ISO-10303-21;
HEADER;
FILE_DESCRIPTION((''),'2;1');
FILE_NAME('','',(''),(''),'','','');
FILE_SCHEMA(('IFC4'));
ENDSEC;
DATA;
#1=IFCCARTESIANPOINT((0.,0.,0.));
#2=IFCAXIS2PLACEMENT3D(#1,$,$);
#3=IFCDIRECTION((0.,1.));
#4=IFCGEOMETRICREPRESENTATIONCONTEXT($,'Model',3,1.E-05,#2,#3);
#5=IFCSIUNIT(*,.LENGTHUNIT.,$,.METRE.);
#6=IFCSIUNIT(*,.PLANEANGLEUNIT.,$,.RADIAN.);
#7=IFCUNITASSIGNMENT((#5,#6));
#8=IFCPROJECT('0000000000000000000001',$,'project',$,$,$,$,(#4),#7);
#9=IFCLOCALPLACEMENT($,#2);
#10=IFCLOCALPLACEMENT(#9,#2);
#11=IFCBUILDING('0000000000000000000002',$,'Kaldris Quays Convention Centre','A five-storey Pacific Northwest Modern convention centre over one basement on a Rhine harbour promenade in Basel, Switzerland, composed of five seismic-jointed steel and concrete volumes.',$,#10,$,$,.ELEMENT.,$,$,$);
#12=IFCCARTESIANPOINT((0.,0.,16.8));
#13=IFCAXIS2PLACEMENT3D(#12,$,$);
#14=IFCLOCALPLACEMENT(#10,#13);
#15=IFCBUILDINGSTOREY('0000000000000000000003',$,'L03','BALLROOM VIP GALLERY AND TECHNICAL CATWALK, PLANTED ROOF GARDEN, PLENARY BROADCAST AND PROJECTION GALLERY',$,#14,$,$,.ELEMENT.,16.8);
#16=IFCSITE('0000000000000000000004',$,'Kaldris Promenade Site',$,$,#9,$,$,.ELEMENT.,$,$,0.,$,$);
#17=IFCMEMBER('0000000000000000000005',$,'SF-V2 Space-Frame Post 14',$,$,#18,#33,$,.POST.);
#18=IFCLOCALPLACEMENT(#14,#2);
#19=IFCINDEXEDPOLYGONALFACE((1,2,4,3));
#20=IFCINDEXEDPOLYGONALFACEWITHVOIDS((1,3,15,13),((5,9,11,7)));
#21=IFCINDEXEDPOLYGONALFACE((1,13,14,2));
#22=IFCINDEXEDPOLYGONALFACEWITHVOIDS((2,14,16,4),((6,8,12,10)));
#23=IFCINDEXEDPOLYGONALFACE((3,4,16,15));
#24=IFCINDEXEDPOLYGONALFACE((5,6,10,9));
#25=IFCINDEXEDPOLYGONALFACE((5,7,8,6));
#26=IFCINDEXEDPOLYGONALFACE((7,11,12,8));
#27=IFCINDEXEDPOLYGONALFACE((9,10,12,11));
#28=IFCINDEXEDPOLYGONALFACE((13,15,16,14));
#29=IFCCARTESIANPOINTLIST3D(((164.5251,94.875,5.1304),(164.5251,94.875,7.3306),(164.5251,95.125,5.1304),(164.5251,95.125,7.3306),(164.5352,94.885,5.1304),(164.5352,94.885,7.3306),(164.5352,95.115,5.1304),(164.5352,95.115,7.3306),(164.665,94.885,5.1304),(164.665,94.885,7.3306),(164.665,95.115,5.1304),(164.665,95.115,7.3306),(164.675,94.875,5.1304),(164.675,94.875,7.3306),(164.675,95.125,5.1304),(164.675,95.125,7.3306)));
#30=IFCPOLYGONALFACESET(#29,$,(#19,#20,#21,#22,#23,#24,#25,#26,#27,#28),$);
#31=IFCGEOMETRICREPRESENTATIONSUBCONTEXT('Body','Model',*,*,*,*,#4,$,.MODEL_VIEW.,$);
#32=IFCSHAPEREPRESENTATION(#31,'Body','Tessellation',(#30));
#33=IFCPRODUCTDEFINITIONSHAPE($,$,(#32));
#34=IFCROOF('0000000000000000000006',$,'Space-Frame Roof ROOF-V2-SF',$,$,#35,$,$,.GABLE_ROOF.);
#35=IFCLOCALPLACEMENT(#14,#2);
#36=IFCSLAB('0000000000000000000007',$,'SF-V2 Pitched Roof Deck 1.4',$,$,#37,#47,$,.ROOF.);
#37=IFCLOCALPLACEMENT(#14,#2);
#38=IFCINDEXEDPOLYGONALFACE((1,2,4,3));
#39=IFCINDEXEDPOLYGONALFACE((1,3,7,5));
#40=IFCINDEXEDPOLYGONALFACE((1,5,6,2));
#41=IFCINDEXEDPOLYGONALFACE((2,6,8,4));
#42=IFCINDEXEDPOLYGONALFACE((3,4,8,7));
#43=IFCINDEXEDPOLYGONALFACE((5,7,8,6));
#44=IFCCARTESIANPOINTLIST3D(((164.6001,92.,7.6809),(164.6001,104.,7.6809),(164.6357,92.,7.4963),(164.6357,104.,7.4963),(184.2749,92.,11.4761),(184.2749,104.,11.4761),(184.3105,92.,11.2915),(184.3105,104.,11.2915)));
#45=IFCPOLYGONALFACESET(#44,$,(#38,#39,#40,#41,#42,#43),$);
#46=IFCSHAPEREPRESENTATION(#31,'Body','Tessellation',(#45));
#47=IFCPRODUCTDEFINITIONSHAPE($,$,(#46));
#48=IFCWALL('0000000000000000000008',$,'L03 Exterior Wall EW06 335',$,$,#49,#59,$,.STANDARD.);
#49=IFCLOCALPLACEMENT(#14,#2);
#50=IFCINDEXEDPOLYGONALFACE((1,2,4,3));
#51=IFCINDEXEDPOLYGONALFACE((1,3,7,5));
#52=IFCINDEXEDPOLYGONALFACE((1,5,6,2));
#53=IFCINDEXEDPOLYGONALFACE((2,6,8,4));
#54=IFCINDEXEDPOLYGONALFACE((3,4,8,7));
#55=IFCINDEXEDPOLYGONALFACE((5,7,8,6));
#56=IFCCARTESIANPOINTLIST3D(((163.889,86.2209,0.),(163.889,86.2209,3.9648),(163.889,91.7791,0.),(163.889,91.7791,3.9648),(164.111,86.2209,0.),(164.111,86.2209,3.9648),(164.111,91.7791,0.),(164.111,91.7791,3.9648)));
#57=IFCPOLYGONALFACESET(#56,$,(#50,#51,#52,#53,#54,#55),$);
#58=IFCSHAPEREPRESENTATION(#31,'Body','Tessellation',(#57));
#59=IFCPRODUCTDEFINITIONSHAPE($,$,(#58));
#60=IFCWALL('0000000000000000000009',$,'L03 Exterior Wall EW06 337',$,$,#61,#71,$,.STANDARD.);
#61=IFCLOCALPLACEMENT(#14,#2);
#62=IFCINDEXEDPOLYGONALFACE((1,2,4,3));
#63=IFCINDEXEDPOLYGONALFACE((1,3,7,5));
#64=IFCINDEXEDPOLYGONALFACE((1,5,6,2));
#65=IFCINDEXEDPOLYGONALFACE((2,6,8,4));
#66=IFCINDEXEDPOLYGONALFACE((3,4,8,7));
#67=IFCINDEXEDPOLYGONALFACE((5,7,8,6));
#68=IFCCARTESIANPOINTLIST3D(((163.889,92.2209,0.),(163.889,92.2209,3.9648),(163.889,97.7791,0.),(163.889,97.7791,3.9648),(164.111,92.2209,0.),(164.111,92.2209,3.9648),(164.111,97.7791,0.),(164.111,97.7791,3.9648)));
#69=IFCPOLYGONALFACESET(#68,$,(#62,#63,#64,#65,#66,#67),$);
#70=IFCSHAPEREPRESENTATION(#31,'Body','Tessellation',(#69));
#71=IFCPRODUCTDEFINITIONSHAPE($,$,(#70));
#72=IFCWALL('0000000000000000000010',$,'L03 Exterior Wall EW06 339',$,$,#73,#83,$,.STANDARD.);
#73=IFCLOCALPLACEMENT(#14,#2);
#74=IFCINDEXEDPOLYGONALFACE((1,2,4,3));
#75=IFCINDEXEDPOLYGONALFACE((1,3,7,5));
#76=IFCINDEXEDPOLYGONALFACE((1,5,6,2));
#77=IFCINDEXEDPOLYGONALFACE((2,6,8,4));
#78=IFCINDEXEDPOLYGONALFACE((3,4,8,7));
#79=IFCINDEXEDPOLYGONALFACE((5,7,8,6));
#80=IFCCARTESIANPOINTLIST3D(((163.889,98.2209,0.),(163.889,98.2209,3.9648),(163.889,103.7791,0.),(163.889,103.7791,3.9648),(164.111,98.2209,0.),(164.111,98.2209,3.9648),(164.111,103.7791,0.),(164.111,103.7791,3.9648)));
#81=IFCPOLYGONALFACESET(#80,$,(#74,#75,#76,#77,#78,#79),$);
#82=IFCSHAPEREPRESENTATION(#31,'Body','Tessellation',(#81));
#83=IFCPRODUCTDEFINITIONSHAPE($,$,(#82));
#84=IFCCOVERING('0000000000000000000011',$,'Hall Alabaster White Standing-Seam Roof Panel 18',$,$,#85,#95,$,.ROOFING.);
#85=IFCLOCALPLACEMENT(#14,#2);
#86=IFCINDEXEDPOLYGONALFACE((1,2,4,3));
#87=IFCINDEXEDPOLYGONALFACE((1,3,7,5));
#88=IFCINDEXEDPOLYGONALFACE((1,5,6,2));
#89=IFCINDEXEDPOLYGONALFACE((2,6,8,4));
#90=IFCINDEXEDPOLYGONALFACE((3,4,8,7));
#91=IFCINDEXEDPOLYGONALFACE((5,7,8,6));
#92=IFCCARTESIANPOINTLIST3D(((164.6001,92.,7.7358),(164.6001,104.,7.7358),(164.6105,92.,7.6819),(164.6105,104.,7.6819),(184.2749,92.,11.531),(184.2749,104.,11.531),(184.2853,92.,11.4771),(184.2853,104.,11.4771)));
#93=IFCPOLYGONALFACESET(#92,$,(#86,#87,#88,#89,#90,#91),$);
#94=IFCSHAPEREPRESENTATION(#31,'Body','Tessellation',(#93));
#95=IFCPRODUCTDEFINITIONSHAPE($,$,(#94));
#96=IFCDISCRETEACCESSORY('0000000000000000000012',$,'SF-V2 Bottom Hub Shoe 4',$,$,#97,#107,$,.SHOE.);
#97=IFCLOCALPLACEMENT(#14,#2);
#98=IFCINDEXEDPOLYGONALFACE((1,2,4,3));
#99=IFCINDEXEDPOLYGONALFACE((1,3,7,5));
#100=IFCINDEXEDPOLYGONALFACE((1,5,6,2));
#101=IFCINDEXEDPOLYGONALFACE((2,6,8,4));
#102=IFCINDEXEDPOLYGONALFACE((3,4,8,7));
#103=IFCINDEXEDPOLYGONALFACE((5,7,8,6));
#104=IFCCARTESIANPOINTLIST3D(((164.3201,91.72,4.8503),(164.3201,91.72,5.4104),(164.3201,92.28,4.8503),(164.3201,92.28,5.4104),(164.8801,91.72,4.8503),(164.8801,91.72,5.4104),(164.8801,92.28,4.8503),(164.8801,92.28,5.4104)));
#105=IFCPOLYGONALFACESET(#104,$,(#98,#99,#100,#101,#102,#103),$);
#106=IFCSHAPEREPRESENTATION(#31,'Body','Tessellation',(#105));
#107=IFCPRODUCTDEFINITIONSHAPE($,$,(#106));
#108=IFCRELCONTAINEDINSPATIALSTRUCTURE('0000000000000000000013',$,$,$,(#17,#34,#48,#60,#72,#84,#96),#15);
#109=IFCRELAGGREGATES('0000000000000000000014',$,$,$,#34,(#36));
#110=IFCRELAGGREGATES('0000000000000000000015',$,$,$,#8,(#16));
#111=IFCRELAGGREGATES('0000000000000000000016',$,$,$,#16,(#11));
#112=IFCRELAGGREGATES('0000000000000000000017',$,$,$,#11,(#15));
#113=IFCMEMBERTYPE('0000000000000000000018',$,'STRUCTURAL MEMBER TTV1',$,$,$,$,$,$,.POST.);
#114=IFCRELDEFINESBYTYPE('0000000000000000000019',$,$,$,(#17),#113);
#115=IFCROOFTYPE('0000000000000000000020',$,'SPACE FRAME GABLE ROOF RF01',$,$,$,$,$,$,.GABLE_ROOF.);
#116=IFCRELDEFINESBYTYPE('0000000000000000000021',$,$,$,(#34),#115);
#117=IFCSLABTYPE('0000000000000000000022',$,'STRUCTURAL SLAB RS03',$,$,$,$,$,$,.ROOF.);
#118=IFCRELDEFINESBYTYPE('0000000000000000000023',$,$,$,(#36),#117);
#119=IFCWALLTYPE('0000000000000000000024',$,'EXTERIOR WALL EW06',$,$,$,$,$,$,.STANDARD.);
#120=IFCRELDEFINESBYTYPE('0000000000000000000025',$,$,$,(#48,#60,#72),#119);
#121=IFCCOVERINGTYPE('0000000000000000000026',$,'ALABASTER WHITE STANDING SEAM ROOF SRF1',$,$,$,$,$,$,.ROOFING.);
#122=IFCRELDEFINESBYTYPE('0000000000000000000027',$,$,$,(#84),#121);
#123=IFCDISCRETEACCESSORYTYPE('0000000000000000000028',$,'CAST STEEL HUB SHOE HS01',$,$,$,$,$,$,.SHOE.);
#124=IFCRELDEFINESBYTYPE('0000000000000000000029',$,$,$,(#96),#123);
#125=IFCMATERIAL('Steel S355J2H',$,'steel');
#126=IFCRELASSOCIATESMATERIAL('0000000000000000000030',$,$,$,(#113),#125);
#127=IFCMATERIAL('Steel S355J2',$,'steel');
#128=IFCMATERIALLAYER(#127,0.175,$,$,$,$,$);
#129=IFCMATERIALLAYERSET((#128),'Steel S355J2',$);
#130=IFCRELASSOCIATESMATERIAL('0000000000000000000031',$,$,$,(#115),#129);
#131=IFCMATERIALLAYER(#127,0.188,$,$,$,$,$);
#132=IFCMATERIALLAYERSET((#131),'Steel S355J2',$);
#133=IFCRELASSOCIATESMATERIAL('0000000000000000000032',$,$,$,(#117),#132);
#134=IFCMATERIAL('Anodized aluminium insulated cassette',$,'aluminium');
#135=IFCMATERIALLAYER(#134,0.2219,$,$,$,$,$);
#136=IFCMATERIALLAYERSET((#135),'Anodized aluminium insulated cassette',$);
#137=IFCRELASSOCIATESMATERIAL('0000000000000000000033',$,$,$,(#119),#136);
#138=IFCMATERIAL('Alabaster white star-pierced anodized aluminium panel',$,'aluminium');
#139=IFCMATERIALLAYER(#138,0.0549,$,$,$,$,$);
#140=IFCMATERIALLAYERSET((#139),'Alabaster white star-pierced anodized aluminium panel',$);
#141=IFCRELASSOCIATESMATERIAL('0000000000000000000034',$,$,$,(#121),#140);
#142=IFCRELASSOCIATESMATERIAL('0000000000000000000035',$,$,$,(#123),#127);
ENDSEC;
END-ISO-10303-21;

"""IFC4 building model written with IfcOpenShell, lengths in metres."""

from ifc_helpers import new_model, si_unit, direction, frame, frame_2d, origin, origin_2d, place, context, subcontext, project, spatial, polyline, rectangle, hollow_rectangle, outline, extrude, material, layer, layer_set, material_profile, profile_set, type_object, element, aggregate, save


model = new_model("IFC4")

# Units and contexts
model_context = context("Model", 3, precision=1e-05, world=origin(), true_north=direction((0.0, 1.0)))
body_context = subcontext(model_context, "Body", "Model", "MODEL_VIEW")
ifc_project = project(units=[si_unit("LENGTHUNIT", "METRE"), si_unit("PLANEANGLEUNIT", "RADIAN")], contexts=[model_context])

# Site, building, storey
site_placement = place(None, origin())
site = spatial("IfcSite", under=ifc_project, at=site_placement, Name="Kaldris Promenade Site", CompositionType="ELEMENT", RefElevation=0.0)
building_placement = place(site_placement, origin())
building = spatial("IfcBuilding", under=site, at=building_placement, Name="Kaldris Quays Convention Centre", Description="A five-storey Pacific Northwest Modern convention centre over one basement on a Rhine harbour promenade in Basel, Switzerland, composed of five seismic-jointed steel and concrete volumes.", CompositionType="ELEMENT")
storey_placement = place(building_placement, frame((0.0, 0.0, 16.8)))
storey = spatial("IfcBuildingStorey", under=building, at=storey_placement, Name="L03", Description="BALLROOM VIP GALLERY AND TECHNICAL CATWALK, PLANTED ROOF GARDEN, PLENARY BROADCAST AND PROJECTION GALLERY", CompositionType="ELEMENT", Elevation=16.8)

# Shared definitions
ifc_material_1 = material(Name="Steel S355J2", Category="steel")

# Member
ifc_material_2 = material(Name="Steel S355J2H", Category="steel")
ifc_material_profile_1 = material_profile(ifc_material_2, hollow_rectangle(XDim=0.1499, YDim=0.25, WallThickness=0.01, at=origin_2d()), Name="RHS 250x150x10")
ifc_profile_set_1 = profile_set([ifc_material_profile_1], Name="Steel S355J2H")
member_type_1 = type_object("IfcMemberType", Name="STRUCTURAL MEMBER TTV1", PredefinedType="POST", material=ifc_profile_set_1)
member_1_placement = place(storey_placement, frame((164.6001, 95.0, 5.1304), z_axis=(0.0, 0.0, 1.0), x_axis=(1.0, 0.0, 0.0)))
element("IfcMember", 1, at=member_1_placement, inside=storey, type_object=member_type_1, Name="SF-V2 Space-Frame Post 14", PredefinedType="POST", context=body_context, shape_type="SweptSolid", body=[
    extrude(hollow_rectangle(XDim=0.1499, YDim=0.25, WallThickness=0.01, at=origin_2d()), origin(), (0.0, 0.0, 1.0), 2.2002),
])

# Roof, slab
ifc_layer_1 = layer(ifc_material_1, 0.175)
ifc_layer_set_1 = layer_set([ifc_layer_1], Name="Steel S355J2")
roof_type = type_object("IfcRoofType", Name="SPACE FRAME GABLE ROOF RF01", PredefinedType="GABLE_ROOF", material=ifc_layer_set_1)
roof_placement = place(storey_placement, origin())
roof = element("IfcRoof", 2, at=roof_placement, inside=storey, type_object=roof_type, Name="Space-Frame Roof ROOF-V2-SF", PredefinedType="GABLE_ROOF")
ifc_layer_2 = layer(ifc_material_1, 0.188)
ifc_layer_set_2 = layer_set([ifc_layer_2], Name="Steel S355J2")
slab_type = type_object("IfcSlabType", Name="STRUCTURAL SLAB RS03", PredefinedType="ROOF", material=ifc_layer_set_2)
slab_placement = place(storey_placement, frame((164.6001, 92.0, 7.6809), z_axis=(-0.189403, 0.0, 0.981899), x_axis=(0.981899, 0.0, 0.189403)))
slab = element("IfcSlab", 3, at=slab_placement, type_object=slab_type, Name="SF-V2 Pitched Roof Deck 1.4", PredefinedType="ROOF", context=body_context, shape_type="SweptSolid", body=[
    extrude(outline(polyline([(0.0, 0.0), (20.0375, 0.0), (20.0375, 12.0), (0.0, 12.0), (0.0, 0.0)])), origin(), (0.0, 0.0, -1.0), 0.188),
])
aggregate(roof, [slab])

# Walls
ifc_material_3 = material(Name="Anodized aluminium insulated cassette", Category="aluminium")
ifc_layer_3 = layer(ifc_material_3, 0.2219)
ifc_layer_set_3 = layer_set([ifc_layer_3], Name="Anodized aluminium insulated cassette")
wall_type = type_object("IfcWallType", Name="EXTERIOR WALL EW06", PredefinedType="STANDARD", material=ifc_layer_set_3)
for number, where, z_axis, x_axis, name in (
    (4, (164.0, 86.2209, 0.0), (0.0, 0.0, 1.0), (0.0, 1.0, 0.0), "L03 Exterior Wall EW06 335"),
    (5, (164.0, 92.2209, 0.0), (0.0, 0.0, 1.0), (0.0, 1.0, 0.0), "L03 Exterior Wall EW06 337"),
    (6, (164.0, 98.2209, 0.0), (0.0, 0.0, 1.0), (0.0, 1.0, 0.0), "L03 Exterior Wall EW06 339"),
):
    element("IfcWall", number, at=place(storey_placement, frame(where, z_axis=z_axis, x_axis=x_axis)), inside=storey, type_object=wall_type, Name=name, PredefinedType="STANDARD", context=body_context, shape_type="SweptSolid", body=[
        extrude(rectangle(XDim=5.5581, YDim=0.2219, at=frame_2d((2.7791, 0.0))), origin(), (0.0, 0.0, 1.0), 3.9648),
    ])

# Covering
ifc_material_4 = material(Name="Alabaster white star-pierced anodized aluminium panel", Category="aluminium")
ifc_layer_4 = layer(ifc_material_4, 0.0549)
ifc_layer_set_4 = layer_set([ifc_layer_4], Name="Alabaster white star-pierced anodized aluminium panel")
covering_type = type_object("IfcCoveringType", Name="ALABASTER WHITE STANDING SEAM ROOF SRF1", PredefinedType="ROOFING", material=ifc_layer_set_4)
covering_placement = place(storey_placement, frame((164.6001, 92.0, 7.7358), z_axis=(-0.189403, 0.0, 0.981899), x_axis=(0.981899, 0.0, 0.189403)))
element("IfcCovering", 7, at=covering_placement, inside=storey, type_object=covering_type, Name="Hall Alabaster White Standing-Seam Roof Panel 18", PredefinedType="ROOFING", context=body_context, shape_type="SweptSolid", body=[
    extrude(outline(polyline([(0.0, 0.0), (20.0375, 0.0), (20.0375, 12.0), (0.0, 12.0), (0.0, 0.0)])), origin(), (0.0, 0.0, -1.0), 0.0549),
])

# Discrete accessory
discrete_accessory_type = type_object("IfcDiscreteAccessoryType", Name="CAST STEEL HUB SHOE HS01", PredefinedType="SHOE", material=ifc_material_1)
discrete_accessory_placement = place(storey_placement, frame((164.6001, 92.0, 4.8503), z_axis=(0.0, 0.0, 1.0), x_axis=(1.0, 0.0, 0.0)))
element("IfcDiscreteAccessory", 8, at=discrete_accessory_placement, inside=storey, type_object=discrete_accessory_type, Name="SF-V2 Bottom Hub Shoe 4", PredefinedType="SHOE", context=body_context, shape_type="SweptSolid", body=[
    extrude(rectangle(XDim=0.5601, YDim=0.5601, at=origin_2d()), origin(), (0.0, 0.0, 1.0), 0.5601),
])

save(model, "model.ifc")
